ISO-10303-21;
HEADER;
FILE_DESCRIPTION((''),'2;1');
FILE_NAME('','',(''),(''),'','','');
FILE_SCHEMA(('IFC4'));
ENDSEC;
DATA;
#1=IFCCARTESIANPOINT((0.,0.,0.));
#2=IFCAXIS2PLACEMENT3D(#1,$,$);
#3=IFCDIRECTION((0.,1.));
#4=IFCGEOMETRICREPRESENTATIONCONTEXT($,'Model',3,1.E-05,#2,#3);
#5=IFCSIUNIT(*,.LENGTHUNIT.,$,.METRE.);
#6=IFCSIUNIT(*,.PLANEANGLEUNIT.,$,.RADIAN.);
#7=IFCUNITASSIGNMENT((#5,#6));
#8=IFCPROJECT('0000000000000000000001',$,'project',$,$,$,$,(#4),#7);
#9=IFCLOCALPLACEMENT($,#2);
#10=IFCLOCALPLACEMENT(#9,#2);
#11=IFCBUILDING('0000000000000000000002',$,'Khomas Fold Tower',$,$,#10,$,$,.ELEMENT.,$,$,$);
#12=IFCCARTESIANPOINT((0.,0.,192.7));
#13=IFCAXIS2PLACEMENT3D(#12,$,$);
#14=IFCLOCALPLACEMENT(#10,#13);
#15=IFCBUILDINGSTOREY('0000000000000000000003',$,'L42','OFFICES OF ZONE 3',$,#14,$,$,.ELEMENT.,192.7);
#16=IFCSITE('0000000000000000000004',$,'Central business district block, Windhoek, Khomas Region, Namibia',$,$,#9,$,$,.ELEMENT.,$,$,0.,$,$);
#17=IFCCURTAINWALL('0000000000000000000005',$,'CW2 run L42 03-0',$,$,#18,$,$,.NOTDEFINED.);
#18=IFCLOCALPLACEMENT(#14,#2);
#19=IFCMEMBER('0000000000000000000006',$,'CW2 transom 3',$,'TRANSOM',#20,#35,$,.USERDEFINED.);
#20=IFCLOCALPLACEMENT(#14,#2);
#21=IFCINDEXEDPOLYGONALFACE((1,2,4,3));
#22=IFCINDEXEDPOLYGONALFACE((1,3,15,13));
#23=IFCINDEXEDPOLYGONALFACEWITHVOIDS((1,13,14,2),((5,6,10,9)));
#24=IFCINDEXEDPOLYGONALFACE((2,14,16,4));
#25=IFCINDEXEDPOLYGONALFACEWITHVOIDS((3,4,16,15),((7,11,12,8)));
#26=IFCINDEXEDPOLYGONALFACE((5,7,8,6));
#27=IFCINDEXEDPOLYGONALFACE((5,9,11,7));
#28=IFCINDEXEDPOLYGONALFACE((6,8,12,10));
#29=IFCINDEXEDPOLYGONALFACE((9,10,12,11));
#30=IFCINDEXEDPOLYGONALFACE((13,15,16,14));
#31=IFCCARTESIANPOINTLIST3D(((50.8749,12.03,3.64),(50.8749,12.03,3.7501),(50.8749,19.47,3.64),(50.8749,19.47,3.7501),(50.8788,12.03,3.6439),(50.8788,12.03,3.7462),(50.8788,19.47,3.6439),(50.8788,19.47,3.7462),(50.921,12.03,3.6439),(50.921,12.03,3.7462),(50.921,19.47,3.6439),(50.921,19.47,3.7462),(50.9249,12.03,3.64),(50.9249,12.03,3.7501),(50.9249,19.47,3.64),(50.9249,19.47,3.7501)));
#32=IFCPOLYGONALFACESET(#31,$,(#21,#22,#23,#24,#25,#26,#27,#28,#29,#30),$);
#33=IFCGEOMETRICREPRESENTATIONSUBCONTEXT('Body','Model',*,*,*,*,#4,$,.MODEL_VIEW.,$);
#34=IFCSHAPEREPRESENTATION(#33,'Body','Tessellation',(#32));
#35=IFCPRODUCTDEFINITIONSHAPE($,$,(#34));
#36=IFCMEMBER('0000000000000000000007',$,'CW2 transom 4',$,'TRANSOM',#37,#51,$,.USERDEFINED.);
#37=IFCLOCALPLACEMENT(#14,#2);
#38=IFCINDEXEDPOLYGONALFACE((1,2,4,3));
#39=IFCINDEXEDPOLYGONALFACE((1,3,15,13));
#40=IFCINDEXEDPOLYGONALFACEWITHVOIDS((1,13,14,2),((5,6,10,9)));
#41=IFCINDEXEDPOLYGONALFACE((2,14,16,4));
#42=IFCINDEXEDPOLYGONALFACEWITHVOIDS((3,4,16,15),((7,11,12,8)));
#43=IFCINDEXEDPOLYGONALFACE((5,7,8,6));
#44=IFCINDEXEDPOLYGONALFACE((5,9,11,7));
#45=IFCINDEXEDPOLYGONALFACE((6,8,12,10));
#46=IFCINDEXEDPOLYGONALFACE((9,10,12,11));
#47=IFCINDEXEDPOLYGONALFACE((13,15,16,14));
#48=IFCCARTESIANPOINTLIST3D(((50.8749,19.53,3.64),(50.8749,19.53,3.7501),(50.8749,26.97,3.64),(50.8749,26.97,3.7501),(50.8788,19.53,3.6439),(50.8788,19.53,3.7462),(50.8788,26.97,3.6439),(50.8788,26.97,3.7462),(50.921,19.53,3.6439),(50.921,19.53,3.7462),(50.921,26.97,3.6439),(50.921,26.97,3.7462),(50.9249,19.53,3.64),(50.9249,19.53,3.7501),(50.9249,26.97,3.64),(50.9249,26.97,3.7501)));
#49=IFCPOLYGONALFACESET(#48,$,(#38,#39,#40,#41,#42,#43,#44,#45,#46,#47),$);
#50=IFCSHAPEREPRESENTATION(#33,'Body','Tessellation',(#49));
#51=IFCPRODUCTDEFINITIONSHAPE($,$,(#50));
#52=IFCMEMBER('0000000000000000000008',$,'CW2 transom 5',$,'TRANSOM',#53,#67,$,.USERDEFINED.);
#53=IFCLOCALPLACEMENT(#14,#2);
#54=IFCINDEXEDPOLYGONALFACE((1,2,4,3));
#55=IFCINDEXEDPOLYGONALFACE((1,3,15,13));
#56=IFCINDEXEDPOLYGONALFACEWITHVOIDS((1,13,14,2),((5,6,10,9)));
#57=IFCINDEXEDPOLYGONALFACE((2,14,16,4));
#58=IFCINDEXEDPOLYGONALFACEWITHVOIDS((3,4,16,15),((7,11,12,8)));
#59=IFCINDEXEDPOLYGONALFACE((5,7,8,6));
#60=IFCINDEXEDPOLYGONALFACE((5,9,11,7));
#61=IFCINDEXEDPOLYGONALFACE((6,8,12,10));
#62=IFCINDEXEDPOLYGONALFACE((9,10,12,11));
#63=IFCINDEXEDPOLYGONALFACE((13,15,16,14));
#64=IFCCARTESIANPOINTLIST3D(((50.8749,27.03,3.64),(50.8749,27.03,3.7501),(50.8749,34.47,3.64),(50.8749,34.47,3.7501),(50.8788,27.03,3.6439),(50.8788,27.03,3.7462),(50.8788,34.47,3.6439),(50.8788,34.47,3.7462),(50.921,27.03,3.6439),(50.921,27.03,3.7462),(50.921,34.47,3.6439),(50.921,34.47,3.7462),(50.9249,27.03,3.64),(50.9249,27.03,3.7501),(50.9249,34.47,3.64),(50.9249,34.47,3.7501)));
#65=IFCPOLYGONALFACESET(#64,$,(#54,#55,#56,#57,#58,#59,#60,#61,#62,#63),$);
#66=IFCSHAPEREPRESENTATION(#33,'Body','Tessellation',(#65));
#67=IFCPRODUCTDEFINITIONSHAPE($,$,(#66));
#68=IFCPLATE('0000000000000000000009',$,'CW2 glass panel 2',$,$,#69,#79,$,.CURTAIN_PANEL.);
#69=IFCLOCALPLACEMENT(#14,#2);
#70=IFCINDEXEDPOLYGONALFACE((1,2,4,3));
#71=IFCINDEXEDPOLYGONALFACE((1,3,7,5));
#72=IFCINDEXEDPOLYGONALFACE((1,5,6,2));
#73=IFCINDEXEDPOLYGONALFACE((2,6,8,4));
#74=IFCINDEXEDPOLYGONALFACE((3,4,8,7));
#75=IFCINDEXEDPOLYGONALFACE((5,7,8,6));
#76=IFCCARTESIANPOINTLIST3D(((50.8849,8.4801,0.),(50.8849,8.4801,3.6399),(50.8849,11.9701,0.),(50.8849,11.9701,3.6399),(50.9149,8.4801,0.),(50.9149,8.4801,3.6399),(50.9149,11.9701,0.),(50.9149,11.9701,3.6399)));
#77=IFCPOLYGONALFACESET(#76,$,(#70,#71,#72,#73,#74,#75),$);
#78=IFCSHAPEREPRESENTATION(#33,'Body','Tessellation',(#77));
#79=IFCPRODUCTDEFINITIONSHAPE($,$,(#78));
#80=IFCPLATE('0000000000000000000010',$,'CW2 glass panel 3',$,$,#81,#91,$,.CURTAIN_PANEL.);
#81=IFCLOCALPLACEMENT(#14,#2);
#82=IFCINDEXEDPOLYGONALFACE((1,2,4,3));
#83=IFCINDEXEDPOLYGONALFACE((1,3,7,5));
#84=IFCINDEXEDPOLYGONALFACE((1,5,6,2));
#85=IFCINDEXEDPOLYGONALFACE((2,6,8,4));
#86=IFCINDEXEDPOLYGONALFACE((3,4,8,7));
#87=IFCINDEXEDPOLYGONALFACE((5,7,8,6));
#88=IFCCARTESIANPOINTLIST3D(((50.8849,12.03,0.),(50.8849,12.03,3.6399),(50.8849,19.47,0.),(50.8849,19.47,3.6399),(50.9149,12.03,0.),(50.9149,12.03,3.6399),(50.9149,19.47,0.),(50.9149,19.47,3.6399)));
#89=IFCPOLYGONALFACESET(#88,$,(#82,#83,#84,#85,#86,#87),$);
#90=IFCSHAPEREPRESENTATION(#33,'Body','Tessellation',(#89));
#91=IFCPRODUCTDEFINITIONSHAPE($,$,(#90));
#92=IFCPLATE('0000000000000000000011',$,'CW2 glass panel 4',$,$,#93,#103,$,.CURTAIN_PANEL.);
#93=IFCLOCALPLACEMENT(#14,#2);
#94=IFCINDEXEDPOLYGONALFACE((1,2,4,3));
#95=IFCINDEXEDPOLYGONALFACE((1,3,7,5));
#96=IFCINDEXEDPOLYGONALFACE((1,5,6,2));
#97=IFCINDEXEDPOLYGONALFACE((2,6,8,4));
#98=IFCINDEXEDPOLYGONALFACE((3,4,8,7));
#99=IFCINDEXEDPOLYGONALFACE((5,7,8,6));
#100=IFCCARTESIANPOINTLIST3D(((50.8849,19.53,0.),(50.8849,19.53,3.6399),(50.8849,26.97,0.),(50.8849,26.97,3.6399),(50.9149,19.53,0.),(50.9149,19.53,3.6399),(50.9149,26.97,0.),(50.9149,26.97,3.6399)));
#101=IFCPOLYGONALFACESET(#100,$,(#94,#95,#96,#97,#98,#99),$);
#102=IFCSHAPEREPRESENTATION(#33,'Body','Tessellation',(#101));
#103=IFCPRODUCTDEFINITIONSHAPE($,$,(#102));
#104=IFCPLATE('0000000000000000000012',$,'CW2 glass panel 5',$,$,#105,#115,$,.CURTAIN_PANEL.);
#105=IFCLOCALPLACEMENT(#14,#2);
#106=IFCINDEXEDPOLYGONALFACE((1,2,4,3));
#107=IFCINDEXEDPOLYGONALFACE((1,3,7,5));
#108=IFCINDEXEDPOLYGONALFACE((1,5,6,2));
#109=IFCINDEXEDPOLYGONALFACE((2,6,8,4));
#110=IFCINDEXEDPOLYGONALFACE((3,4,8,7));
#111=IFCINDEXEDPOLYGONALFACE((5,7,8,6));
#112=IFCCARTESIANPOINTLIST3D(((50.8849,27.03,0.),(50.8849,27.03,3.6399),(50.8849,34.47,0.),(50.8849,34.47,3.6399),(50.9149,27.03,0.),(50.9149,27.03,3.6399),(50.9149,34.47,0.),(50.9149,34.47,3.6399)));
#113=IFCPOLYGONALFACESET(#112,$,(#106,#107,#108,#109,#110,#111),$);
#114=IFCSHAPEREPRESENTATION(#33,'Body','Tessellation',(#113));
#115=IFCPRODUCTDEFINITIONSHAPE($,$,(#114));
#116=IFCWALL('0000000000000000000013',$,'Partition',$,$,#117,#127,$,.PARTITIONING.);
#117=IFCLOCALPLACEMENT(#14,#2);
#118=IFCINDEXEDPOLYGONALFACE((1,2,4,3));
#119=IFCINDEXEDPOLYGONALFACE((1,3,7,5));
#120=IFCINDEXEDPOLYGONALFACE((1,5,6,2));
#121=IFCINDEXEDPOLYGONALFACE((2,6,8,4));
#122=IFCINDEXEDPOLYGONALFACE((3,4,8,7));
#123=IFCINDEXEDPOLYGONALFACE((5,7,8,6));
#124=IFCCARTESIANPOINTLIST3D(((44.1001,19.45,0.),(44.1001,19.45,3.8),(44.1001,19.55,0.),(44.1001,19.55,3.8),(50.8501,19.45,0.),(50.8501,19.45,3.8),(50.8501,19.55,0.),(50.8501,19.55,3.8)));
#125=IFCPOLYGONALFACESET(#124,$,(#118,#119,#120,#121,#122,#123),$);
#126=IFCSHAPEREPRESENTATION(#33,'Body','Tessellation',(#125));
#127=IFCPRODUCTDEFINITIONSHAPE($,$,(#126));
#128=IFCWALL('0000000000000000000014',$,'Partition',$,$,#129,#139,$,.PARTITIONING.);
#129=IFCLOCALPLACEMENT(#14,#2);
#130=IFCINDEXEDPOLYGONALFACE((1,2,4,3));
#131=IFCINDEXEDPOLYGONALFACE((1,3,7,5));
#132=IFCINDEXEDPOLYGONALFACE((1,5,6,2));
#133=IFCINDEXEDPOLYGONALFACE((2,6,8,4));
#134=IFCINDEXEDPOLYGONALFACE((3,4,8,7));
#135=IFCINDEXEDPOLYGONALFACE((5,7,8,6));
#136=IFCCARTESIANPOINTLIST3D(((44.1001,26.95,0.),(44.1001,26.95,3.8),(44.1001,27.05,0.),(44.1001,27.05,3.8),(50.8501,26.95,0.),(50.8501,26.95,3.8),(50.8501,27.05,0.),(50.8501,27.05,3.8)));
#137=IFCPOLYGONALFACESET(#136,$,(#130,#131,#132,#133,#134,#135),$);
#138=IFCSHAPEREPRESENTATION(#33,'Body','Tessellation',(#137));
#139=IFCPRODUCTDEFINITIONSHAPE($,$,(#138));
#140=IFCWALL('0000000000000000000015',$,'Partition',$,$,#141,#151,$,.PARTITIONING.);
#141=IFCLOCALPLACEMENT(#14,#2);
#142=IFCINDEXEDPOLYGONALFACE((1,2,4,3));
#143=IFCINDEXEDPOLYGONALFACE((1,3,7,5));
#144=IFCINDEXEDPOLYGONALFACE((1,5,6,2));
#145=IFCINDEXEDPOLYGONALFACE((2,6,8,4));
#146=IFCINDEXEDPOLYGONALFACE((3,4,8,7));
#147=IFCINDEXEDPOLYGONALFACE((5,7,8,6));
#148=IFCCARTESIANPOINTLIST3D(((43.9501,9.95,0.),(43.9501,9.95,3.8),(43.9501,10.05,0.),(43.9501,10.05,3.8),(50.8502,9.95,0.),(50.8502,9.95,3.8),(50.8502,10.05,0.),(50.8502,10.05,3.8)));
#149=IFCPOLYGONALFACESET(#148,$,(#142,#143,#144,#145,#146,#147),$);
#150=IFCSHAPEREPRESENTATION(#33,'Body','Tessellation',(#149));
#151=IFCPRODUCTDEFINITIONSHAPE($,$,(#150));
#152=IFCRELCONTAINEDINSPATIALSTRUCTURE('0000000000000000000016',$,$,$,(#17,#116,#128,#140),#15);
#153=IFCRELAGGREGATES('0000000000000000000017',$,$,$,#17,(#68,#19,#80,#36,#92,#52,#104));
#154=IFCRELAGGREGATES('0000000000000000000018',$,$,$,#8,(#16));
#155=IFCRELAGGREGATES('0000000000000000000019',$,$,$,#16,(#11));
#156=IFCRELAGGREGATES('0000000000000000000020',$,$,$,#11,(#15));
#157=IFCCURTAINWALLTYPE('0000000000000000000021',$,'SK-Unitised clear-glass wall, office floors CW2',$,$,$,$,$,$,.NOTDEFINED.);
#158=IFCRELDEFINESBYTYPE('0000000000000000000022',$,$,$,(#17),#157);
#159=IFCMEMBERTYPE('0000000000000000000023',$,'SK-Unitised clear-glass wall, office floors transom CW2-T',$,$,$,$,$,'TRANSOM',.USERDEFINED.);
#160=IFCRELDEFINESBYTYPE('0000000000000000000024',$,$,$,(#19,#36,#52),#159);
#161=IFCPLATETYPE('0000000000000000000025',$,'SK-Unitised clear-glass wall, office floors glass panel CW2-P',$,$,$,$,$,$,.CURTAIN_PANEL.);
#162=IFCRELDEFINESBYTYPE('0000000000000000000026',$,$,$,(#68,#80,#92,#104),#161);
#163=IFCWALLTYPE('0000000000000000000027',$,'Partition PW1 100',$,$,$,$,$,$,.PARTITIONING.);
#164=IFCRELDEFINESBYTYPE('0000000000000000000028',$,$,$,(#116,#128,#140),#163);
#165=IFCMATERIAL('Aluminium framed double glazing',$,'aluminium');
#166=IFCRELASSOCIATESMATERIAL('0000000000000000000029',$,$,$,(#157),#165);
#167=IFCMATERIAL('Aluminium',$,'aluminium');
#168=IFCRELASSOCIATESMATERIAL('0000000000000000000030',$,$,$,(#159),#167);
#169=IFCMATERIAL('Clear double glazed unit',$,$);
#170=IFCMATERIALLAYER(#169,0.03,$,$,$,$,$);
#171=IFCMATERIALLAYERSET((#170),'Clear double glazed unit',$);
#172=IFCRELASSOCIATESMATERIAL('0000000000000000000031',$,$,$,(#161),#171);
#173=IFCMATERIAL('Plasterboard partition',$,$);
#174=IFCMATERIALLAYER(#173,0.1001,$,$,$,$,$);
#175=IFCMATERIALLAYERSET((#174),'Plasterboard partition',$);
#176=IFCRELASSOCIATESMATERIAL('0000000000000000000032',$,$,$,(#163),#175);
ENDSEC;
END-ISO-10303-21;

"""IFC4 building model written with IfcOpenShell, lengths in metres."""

from ifc_helpers import new_model, si_unit, direction, frame, frame_2d, origin, origin_2d, place, context, subcontext, project, spatial, rectangle, hollow_rectangle, extrude, source, transform, mapped, material, layer, layer_set, material_profile, profile_set, type_object, element, aggregate, save


model = new_model("IFC4")

# Units and contexts
model_context = context("Model", 3, precision=1e-05, world=origin(), true_north=direction((0.0, 1.0)))
body_context = subcontext(model_context, "Body", "Model", "MODEL_VIEW")
ifc_project = project(units=[si_unit("LENGTHUNIT", "METRE"), si_unit("PLANEANGLEUNIT", "RADIAN")], contexts=[model_context])

# Site, building, storey
site_placement = place(None, origin())
site = spatial("IfcSite", under=ifc_project, at=site_placement, Name="Central business district block, Windhoek, Khomas Region, Namibia", CompositionType="ELEMENT", RefElevation=0.0)
building_placement = place(site_placement, origin())
building = spatial("IfcBuilding", under=site, at=building_placement, Name="Khomas Fold Tower", CompositionType="ELEMENT")
storey_placement = place(building_placement, frame((0.0, 0.0, 192.7)))
storey = spatial("IfcBuildingStorey", under=building, at=storey_placement, Name="L42", Description="OFFICES OF ZONE 3", CompositionType="ELEMENT", Elevation=192.7)

# Curtain wall, members, plates
ifc_material_1 = material(Name="Aluminium framed double glazing", Category="aluminium")
curtain_wall_type = type_object("IfcCurtainWallType", Name="SK-Unitised clear-glass wall, office floors CW2", PredefinedType="NOTDEFINED", material=ifc_material_1)
curtain_wall_placement = place(storey_placement, origin())
curtain_wall = element("IfcCurtainWall", 1, at=curtain_wall_placement, inside=storey, type_object=curtain_wall_type, Name="CW2 run L42 03-0", PredefinedType="NOTDEFINED")
ifc_material_2 = material(Name="Aluminium", Category="aluminium")
ifc_material_profile_1 = material_profile(ifc_material_2, hollow_rectangle(XDim=0.05, YDim=0.1101, WallThickness=0.0039, at=origin_2d()), Name="SK-Unitised clear-glass wall, office floors transom CW2-T")
ifc_profile_set_1 = profile_set([ifc_material_profile_1], Name="Aluminium")
member_type_1 = type_object("IfcMemberType", Name="SK-Unitised clear-glass wall, office floors transom CW2-T", ElementType="TRANSOM", PredefinedType="USERDEFINED", material=ifc_profile_set_1)
shared_shape_1 = source(origin(), body_context, "Body", "SweptSolid", [
    extrude(hollow_rectangle(XDim=0.05, YDim=0.1101, WallThickness=0.0039, at=origin_2d()), origin(), (0.0, 0.0, 1.0), 7.4399),
])
member_1_placement = place(storey_placement, frame((50.8999, 12.03, 3.6951), z_axis=(0.0, 1.0, 0.0), x_axis=(-1.0, 0.0, 0.0)))
member_1 = element("IfcMember", 2, at=member_1_placement, type_object=member_type_1, Name="CW2 transom 3", ObjectType="TRANSOM", PredefinedType="USERDEFINED", context=body_context, shape_type="MappedRepresentation", body=[
    mapped(shared_shape_1, transform((0.0, 0.0, 0.0))),
])
member_2_placement = place(storey_placement, frame((50.8999, 19.53, 3.6951), z_axis=(0.0, 1.0, 0.0), x_axis=(-1.0, 0.0, 0.0)))
member_2 = element("IfcMember", 3, at=member_2_placement, type_object=member_type_1, Name="CW2 transom 4", ObjectType="TRANSOM", PredefinedType="USERDEFINED", context=body_context, shape_type="MappedRepresentation", body=[
    mapped(shared_shape_1, transform((0.0, 0.0, 0.0))),
])
member_3_placement = place(storey_placement, frame((50.8999, 27.03, 3.6951), z_axis=(0.0, 1.0, 0.0), x_axis=(-1.0, 0.0, 0.0)))
member_3 = element("IfcMember", 4, at=member_3_placement, type_object=member_type_1, Name="CW2 transom 5", ObjectType="TRANSOM", PredefinedType="USERDEFINED", context=body_context, shape_type="MappedRepresentation", body=[
    mapped(shared_shape_1, transform((0.0, 0.0, 0.0))),
])
ifc_material_3 = material(Name="Clear double glazed unit")
ifc_layer_1 = layer(ifc_material_3, 0.03)
ifc_layer_set_1 = layer_set([ifc_layer_1], Name="Clear double glazed unit")
plate_type = type_object("IfcPlateType", Name="SK-Unitised clear-glass wall, office floors glass panel CW2-P", PredefinedType="CURTAIN_PANEL", material=ifc_layer_set_1)
shared_shape_2 = source(origin(), body_context, "Body", "SweptSolid", [
    extrude(rectangle(XDim=3.49, YDim=0.03, at=origin_2d()), origin(), (0.0, 0.0, 1.0), 3.6399),
])
plate_1_placement = place(storey_placement, frame((50.8999, 10.2251, 0.0), z_axis=(0.0, 0.0, 1.0), x_axis=(0.0, 1.0, 0.0)))
plate_1 = element("IfcPlate", 5, at=plate_1_placement, type_object=plate_type, Name="CW2 glass panel 2", PredefinedType="CURTAIN_PANEL", context=body_context, shape_type="MappedRepresentation", body=[
    mapped(shared_shape_2, transform((0.0, 0.0, 0.0))),
])
shared_shape_3 = source(origin(), body_context, "Body", "SweptSolid", [
    extrude(rectangle(XDim=7.4399, YDim=0.03, at=origin_2d()), origin(), (0.0, 0.0, 1.0), 3.6399),
])
plate_2_placement = place(storey_placement, frame((50.8999, 15.75, 0.0), z_axis=(0.0, 0.0, 1.0), x_axis=(0.0, 1.0, 0.0)))
plate_2 = element("IfcPlate", 6, at=plate_2_placement, type_object=plate_type, Name="CW2 glass panel 3", PredefinedType="CURTAIN_PANEL", context=body_context, shape_type="MappedRepresentation", body=[
    mapped(shared_shape_3, transform((0.0, 0.0, 0.0))),
])
plate_3_placement = place(storey_placement, frame((50.8999, 23.25, 0.0), z_axis=(0.0, 0.0, 1.0), x_axis=(0.0, 1.0, 0.0)))
plate_3 = element("IfcPlate", 7, at=plate_3_placement, type_object=plate_type, Name="CW2 glass panel 4", PredefinedType="CURTAIN_PANEL", context=body_context, shape_type="MappedRepresentation", body=[
    mapped(shared_shape_3, transform((0.0, 0.0, 0.0))),
])
plate_4_placement = place(storey_placement, frame((50.8999, 30.75, 0.0), z_axis=(0.0, 0.0, 1.0), x_axis=(0.0, 1.0, 0.0)))
plate_4 = element("IfcPlate", 8, at=plate_4_placement, type_object=plate_type, Name="CW2 glass panel 5", PredefinedType="CURTAIN_PANEL", context=body_context, shape_type="MappedRepresentation", body=[
    mapped(shared_shape_3, transform((0.0, 0.0, 0.0))),
])
aggregate(curtain_wall, [plate_1, member_1, plate_2, member_2, plate_3, member_3, plate_4])

# Walls
ifc_material_4 = material(Name="Plasterboard partition")
ifc_layer_2 = layer(ifc_material_4, 0.1001)
ifc_layer_set_2 = layer_set([ifc_layer_2], Name="Plasterboard partition")
wall_type_1 = type_object("IfcWallType", Name="Partition PW1 100", PredefinedType="PARTITIONING", material=ifc_layer_set_2)
shared_shape_4 = source(origin(), body_context, "Body", "SweptSolid", [
    extrude(rectangle(XDim=6.75, YDim=0.1001, at=frame_2d((3.375, 0.0))), origin(), (0.0, 0.0, 1.0), 3.8),
])
for number, where, z_axis, x_axis, name in (
    (9, (44.1001, 19.5, 0.0), (0.0, 0.0, 1.0), (1.0, 0.0, 0.0), "Partition"),
    (10, (44.1001, 27.0, 0.0), (0.0, 0.0, 1.0), (1.0, 0.0, 0.0), "Partition"),
):
    element("IfcWall", number, at=place(storey_placement, frame(where, z_axis=z_axis, x_axis=x_axis)), inside=storey, type_object=wall_type_1, Name=name, PredefinedType="PARTITIONING", context=body_context, shape_type="MappedRepresentation", body=[
        mapped(shared_shape_4, transform((0.0, 0.0, 0.0))),
    ])
shared_shape_5 = source(origin(), body_context, "Body", "SweptSolid", [
    extrude(rectangle(XDim=6.9001, YDim=0.1001, at=frame_2d((3.4502, 0.0))), origin(), (0.0, 0.0, 1.0), 3.8),
])
wall_1_placement = place(storey_placement, frame((43.95, 10.0, 0.0), z_axis=(0.0, 0.0, 1.0), x_axis=(1.0, 0.0, 0.0)))
element("IfcWall", 11, at=wall_1_placement, inside=storey, type_object=wall_type_1, Name="Partition", PredefinedType="PARTITIONING", context=body_context, shape_type="MappedRepresentation", body=[
    mapped(shared_shape_5, transform((0.0, 0.0, 0.0))),
])

save(model, "model.ifc")
